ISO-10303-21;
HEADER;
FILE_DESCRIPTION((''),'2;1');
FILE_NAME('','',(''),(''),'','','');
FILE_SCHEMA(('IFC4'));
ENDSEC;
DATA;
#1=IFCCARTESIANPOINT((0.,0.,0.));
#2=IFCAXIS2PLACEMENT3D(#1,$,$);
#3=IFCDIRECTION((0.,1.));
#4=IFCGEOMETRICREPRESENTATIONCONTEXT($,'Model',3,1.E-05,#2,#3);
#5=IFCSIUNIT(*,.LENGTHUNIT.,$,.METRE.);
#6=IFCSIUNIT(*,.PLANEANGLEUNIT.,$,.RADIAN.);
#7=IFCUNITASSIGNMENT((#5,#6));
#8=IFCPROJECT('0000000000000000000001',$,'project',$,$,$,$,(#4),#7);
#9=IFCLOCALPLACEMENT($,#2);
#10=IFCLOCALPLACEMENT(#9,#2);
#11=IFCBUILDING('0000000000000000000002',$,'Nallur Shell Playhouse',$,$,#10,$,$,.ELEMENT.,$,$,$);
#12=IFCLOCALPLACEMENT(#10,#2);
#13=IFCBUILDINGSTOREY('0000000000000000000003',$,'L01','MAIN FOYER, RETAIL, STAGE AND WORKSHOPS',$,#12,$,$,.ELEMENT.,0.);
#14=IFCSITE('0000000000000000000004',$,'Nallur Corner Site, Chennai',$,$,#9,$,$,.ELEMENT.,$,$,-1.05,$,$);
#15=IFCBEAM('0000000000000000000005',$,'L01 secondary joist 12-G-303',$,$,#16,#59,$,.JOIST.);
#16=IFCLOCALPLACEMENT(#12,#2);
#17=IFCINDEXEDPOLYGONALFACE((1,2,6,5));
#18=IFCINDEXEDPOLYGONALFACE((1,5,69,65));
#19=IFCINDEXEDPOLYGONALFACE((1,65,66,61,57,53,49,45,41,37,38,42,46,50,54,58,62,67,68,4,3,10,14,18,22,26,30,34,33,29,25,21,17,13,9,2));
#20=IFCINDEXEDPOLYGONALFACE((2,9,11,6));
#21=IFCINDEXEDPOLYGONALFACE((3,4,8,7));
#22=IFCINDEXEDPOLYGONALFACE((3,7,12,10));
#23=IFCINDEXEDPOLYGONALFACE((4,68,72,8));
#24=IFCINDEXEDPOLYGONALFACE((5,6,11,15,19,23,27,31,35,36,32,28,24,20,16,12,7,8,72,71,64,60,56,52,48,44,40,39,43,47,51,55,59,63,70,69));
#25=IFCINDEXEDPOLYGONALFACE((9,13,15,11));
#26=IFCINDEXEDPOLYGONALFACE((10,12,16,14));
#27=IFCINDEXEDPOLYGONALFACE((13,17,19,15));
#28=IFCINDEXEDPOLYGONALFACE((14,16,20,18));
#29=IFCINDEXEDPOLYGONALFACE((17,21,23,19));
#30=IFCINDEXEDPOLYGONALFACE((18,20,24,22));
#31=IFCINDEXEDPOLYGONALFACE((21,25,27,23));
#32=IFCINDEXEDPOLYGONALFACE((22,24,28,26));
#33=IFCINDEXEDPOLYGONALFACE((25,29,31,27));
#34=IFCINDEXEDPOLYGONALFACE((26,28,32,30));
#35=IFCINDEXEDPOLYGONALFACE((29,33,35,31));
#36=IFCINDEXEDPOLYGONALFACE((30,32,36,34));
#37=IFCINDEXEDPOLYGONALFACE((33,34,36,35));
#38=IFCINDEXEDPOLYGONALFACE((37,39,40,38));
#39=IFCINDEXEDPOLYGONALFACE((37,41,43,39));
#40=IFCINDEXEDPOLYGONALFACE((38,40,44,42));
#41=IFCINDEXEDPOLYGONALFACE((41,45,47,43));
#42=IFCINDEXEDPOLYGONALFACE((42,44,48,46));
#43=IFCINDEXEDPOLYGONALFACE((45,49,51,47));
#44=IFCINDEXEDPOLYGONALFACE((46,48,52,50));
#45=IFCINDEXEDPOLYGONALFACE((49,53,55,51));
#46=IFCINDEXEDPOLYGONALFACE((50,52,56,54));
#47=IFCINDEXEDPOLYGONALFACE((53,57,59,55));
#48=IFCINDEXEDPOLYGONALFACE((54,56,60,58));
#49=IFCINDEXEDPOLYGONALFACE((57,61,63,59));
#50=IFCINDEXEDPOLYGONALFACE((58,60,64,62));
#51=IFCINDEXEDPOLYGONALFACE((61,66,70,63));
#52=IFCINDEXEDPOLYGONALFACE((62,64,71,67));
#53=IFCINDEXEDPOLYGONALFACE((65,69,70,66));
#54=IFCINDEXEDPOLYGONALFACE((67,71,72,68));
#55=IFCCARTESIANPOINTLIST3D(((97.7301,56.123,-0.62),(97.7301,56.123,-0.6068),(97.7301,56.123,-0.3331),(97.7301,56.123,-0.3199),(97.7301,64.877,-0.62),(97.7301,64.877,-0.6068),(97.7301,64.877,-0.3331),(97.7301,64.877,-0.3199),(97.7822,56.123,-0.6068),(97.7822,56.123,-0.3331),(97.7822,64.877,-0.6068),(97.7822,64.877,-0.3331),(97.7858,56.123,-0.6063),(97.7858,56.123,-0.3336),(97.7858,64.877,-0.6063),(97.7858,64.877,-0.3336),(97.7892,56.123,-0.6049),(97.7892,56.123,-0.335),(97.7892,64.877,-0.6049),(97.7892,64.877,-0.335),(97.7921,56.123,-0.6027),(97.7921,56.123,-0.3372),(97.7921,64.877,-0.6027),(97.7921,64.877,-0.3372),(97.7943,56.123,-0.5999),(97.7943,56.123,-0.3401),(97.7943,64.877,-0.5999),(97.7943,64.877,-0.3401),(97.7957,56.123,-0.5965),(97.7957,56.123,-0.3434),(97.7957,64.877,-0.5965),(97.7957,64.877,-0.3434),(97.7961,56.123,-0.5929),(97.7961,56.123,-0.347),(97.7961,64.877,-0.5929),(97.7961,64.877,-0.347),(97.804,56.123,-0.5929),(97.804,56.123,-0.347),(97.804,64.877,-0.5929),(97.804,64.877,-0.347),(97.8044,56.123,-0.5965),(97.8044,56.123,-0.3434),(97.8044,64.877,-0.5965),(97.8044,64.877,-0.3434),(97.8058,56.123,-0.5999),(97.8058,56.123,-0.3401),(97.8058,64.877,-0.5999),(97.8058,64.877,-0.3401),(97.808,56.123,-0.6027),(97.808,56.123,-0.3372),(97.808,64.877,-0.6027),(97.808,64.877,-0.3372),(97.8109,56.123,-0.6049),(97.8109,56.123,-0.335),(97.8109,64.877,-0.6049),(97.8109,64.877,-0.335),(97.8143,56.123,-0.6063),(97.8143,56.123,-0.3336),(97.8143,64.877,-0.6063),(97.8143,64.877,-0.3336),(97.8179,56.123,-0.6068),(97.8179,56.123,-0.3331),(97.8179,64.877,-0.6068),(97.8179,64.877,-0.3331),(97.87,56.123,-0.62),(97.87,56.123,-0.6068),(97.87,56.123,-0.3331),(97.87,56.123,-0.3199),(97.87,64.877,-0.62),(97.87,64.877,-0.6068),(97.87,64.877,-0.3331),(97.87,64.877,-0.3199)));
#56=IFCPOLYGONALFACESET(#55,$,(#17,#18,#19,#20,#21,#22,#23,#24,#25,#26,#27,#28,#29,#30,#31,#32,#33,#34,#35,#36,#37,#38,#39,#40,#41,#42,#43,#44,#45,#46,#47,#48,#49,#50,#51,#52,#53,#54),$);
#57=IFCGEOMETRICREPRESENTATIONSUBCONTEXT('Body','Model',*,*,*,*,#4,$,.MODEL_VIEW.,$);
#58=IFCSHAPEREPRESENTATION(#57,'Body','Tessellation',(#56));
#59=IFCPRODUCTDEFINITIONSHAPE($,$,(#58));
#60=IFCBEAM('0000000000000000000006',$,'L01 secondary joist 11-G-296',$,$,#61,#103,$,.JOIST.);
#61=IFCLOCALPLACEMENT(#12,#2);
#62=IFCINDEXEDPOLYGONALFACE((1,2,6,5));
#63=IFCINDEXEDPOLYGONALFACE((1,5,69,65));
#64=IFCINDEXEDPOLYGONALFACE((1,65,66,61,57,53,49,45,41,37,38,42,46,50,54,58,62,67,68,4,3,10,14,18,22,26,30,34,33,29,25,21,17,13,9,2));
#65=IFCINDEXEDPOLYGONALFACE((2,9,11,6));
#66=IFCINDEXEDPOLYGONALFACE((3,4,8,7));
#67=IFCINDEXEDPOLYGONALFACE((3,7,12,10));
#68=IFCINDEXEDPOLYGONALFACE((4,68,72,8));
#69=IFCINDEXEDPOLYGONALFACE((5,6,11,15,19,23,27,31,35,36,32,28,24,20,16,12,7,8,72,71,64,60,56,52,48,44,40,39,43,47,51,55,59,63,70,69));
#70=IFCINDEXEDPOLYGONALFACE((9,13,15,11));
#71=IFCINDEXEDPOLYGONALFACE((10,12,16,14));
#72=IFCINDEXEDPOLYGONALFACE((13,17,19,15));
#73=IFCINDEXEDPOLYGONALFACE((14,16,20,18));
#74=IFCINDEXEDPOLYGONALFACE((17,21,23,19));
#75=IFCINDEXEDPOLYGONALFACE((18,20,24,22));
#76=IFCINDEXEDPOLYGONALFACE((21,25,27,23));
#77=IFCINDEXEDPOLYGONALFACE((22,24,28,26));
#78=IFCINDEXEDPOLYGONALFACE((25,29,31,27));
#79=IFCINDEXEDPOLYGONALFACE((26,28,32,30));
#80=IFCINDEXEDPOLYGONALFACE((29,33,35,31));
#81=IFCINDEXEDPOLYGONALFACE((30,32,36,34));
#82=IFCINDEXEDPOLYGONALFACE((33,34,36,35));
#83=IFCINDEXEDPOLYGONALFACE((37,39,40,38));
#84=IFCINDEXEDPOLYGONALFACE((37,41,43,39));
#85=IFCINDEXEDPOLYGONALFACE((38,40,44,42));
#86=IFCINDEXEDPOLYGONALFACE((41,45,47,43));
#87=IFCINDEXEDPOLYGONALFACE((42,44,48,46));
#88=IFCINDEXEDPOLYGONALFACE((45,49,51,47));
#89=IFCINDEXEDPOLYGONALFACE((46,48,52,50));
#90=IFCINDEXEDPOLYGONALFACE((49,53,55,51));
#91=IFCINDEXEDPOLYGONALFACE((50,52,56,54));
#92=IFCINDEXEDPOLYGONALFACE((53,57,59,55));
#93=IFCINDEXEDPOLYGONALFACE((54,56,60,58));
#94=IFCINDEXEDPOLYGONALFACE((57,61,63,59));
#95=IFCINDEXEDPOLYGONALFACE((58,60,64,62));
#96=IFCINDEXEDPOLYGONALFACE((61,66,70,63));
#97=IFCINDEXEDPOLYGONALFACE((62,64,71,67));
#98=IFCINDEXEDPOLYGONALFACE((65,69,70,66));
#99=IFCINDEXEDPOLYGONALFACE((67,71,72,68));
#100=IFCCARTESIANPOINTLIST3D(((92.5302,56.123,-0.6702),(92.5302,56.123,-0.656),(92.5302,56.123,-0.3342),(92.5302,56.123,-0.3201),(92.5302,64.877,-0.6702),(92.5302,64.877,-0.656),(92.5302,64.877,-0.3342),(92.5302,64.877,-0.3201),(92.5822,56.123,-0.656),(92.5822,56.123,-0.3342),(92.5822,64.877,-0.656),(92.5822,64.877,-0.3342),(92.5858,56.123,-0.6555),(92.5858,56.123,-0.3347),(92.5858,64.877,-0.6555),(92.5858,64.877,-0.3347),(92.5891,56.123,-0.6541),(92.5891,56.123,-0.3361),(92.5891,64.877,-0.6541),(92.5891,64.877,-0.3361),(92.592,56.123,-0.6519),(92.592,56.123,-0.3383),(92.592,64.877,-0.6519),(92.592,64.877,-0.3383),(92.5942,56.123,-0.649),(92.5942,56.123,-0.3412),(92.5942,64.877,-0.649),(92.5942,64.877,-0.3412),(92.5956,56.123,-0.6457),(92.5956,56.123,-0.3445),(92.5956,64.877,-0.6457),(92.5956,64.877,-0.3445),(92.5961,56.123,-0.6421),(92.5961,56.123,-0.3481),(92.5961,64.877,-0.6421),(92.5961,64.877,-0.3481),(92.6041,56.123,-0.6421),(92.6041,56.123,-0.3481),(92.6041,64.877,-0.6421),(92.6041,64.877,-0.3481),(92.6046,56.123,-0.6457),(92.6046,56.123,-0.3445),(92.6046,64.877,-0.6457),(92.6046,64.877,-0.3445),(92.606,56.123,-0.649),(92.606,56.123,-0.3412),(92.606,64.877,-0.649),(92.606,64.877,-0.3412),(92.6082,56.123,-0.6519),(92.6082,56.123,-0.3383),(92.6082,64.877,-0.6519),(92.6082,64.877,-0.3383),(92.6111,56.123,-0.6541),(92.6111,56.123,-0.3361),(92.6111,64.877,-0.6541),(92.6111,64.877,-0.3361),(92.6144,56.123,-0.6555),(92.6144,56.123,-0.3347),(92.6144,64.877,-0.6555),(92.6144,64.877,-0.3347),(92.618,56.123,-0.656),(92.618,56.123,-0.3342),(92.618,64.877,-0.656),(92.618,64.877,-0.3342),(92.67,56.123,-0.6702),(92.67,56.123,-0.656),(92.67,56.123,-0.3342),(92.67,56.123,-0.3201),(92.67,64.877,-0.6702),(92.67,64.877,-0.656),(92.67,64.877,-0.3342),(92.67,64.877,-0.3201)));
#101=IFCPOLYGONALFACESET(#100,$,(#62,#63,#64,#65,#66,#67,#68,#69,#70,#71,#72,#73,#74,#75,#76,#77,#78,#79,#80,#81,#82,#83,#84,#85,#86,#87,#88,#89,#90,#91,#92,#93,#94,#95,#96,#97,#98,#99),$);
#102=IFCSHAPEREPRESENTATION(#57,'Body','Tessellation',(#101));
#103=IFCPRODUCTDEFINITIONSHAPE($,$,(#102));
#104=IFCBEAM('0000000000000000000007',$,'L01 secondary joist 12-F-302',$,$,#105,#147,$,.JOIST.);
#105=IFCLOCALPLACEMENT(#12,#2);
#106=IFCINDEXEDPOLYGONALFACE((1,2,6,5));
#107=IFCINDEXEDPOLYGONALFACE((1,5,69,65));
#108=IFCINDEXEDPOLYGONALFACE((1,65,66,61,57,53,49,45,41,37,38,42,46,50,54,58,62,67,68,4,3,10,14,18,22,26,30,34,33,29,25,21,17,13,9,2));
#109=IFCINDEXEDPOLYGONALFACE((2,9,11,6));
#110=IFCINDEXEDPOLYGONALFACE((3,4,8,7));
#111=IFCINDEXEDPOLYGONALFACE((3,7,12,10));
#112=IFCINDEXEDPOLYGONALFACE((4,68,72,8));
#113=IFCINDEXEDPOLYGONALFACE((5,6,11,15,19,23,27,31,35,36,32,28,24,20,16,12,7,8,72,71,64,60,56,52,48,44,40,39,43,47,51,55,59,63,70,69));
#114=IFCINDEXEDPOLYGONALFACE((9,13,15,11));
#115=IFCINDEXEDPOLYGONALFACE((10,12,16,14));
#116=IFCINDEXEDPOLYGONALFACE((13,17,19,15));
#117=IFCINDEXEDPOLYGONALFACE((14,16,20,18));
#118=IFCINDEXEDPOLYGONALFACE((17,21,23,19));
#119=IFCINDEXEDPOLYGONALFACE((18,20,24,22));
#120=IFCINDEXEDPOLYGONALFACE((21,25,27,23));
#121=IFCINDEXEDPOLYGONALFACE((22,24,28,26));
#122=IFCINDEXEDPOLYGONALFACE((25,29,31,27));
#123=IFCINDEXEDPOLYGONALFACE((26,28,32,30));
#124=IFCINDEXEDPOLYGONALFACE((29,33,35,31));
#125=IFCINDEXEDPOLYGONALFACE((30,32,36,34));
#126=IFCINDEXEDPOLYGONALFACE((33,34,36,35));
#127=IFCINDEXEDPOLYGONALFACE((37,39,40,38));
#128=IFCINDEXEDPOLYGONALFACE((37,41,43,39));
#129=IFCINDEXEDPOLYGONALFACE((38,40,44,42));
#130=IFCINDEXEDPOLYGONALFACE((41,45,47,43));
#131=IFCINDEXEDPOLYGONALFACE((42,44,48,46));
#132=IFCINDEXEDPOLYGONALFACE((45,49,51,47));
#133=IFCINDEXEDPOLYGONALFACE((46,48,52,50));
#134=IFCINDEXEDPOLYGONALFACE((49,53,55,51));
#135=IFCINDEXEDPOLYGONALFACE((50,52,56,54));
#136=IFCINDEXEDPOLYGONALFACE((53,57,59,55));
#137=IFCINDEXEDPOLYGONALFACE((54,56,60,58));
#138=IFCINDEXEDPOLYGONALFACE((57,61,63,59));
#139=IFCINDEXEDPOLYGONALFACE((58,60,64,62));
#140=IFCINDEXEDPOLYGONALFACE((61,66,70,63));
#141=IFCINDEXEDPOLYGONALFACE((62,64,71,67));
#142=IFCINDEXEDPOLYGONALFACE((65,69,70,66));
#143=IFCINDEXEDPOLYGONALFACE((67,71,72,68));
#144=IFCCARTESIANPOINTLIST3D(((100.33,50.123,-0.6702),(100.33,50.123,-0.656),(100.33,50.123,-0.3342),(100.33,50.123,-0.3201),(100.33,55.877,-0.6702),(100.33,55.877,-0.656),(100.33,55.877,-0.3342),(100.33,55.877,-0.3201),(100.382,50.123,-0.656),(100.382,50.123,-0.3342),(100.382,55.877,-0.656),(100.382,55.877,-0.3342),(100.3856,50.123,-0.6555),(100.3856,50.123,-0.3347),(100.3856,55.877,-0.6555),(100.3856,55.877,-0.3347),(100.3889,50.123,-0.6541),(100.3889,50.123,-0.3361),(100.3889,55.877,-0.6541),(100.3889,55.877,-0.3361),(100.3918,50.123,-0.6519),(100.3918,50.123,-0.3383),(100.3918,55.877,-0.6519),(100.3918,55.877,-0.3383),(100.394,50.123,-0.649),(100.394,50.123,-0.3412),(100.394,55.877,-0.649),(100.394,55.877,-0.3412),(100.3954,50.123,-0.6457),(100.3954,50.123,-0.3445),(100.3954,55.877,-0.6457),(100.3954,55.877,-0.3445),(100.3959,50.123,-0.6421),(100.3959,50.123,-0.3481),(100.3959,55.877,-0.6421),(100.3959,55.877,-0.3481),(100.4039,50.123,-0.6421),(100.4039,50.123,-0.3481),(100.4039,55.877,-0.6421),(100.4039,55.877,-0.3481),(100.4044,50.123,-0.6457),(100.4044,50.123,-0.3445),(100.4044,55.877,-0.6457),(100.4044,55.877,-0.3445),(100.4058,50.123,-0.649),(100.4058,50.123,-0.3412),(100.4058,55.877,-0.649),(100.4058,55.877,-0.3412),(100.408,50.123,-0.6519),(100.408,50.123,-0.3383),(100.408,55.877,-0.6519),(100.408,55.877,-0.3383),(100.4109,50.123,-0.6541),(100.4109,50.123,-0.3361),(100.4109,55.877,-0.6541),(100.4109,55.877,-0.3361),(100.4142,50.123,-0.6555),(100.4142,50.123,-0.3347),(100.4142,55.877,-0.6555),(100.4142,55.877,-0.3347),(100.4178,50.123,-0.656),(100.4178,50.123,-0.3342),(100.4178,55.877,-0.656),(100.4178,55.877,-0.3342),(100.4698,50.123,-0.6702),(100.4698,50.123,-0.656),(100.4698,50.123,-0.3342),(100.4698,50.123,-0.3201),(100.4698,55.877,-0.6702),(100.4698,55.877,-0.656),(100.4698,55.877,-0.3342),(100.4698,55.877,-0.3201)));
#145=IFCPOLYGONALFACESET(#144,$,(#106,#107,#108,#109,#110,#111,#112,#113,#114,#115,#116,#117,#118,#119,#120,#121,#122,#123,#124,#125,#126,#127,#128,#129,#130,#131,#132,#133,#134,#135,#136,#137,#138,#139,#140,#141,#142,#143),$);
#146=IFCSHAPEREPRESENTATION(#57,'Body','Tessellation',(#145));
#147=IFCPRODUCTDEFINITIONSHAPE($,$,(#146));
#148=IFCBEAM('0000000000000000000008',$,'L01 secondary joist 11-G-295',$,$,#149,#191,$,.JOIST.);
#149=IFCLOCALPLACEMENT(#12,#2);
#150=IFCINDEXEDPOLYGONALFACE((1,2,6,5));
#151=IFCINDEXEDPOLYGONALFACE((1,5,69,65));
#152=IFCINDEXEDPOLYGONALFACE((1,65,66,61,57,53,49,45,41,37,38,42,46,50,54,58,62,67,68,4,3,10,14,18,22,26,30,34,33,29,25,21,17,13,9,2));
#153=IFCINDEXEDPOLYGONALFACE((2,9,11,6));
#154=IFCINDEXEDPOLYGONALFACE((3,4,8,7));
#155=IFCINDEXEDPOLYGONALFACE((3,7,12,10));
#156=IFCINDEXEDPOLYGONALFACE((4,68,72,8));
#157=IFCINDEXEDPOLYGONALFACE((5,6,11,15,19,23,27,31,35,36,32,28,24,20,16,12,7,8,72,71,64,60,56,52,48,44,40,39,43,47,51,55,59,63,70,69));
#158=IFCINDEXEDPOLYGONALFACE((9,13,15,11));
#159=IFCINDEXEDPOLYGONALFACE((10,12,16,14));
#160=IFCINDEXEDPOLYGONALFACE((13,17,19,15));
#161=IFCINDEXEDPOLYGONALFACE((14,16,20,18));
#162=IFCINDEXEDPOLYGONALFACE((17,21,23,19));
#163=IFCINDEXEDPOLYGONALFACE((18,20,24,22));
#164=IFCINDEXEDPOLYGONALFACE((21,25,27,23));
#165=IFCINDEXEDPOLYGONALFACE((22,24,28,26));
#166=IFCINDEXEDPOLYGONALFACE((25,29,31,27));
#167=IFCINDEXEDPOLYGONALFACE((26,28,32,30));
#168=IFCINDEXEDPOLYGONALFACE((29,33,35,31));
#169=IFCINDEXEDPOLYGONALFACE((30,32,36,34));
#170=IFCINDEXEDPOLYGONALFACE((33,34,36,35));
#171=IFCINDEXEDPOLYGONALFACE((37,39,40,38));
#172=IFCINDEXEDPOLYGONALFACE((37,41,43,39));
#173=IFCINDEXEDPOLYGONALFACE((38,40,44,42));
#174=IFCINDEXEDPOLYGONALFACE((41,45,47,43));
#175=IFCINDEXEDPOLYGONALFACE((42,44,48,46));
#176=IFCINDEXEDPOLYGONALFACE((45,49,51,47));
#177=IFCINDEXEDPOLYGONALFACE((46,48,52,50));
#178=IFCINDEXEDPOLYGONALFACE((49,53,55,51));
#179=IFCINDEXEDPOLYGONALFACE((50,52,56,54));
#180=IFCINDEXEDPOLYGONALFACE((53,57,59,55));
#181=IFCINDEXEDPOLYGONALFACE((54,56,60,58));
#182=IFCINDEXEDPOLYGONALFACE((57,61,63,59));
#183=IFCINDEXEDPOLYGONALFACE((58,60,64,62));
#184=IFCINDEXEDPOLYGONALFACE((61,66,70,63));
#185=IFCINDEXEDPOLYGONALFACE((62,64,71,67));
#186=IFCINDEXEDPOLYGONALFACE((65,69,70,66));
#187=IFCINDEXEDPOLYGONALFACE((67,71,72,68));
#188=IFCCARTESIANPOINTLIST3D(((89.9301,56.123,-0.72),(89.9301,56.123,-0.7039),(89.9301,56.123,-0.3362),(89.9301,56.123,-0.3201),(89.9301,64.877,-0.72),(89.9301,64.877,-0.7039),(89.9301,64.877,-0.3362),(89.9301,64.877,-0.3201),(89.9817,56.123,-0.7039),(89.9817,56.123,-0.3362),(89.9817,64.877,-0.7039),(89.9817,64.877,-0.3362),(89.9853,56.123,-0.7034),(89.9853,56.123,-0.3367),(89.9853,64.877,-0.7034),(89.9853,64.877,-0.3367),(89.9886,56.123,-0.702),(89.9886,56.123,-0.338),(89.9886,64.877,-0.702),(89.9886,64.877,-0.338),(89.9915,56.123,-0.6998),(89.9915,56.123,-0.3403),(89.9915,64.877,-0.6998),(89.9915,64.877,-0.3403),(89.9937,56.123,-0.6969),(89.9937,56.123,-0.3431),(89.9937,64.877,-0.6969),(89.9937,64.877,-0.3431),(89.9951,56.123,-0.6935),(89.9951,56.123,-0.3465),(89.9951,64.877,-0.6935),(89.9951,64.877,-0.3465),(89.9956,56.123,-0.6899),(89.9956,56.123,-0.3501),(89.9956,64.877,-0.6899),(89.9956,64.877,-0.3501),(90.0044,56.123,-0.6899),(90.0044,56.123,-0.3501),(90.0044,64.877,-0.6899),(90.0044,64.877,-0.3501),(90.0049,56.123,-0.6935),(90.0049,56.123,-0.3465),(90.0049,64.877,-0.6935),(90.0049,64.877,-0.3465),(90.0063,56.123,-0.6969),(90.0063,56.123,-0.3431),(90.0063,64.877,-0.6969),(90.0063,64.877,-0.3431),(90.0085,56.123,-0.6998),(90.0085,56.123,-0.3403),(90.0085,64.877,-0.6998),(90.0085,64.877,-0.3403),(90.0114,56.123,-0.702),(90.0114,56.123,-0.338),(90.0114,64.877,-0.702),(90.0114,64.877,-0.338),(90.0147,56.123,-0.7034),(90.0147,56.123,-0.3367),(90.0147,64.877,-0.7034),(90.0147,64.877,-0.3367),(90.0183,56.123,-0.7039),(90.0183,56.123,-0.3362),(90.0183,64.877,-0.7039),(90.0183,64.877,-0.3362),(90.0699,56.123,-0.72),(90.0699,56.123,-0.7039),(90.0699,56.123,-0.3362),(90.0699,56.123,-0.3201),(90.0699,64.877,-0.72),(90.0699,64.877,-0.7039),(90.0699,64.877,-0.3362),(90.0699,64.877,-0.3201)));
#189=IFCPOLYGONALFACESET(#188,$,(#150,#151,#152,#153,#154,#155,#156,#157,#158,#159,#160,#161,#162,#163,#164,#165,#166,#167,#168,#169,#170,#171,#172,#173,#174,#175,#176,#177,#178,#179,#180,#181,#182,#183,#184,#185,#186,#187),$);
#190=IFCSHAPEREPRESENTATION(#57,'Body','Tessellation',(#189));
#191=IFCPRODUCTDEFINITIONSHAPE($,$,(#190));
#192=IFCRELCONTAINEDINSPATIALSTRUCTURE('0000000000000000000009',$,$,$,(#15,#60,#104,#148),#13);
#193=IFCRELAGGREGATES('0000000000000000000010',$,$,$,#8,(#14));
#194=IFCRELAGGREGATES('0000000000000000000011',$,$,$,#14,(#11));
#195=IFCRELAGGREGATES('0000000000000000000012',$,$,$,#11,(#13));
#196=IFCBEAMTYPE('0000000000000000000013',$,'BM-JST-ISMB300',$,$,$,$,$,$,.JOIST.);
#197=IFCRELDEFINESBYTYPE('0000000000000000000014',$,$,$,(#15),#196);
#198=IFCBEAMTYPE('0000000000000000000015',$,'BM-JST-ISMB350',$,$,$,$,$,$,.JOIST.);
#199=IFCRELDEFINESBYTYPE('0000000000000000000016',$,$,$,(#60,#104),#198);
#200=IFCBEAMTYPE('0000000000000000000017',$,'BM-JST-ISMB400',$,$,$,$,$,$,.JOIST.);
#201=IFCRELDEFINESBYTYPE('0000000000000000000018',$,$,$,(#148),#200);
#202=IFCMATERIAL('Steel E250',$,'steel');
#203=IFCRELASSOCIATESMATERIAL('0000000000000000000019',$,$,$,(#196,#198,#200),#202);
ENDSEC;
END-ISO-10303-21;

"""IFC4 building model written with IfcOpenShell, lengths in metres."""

from ifc_helpers import new_model, si_unit, direction, frame, origin, origin_2d, place, context, subcontext, project, spatial, i_section, extrude, material, material_profile, profile_set, type_object, element, save


model = new_model("IFC4")

# Units and contexts
model_context = context("Model", 3, precision=1e-05, world=origin(), true_north=direction((0.0, 1.0)))
body_context = subcontext(model_context, "Body", "Model", "MODEL_VIEW")
ifc_project = project(units=[si_unit("LENGTHUNIT", "METRE"), si_unit("PLANEANGLEUNIT", "RADIAN")], contexts=[model_context])

# Site, building, storey
site_placement = place(None, origin())
site = spatial("IfcSite", under=ifc_project, at=site_placement, Name="Nallur Corner Site, Chennai", CompositionType="ELEMENT", RefElevation=-1.05)
building_placement = place(site_placement, origin())
building = spatial("IfcBuilding", under=site, at=building_placement, Name="Nallur Shell Playhouse", CompositionType="ELEMENT")
storey_placement = place(building_placement, origin())
storey = spatial("IfcBuildingStorey", under=building, at=storey_placement, Name="L01", Description="MAIN FOYER, RETAIL, STAGE AND WORKSHOPS", CompositionType="ELEMENT", Elevation=0.0)

# Beams
ifc_material_1 = material(Name="Steel E250", Category="steel")
ifc_material_profile_1 = material_profile(ifc_material_1, i_section(OverallWidth=0.1399, OverallDepth=0.3, WebThickness=0.0078, FlangeThickness=0.0132, FilletRadius=0.0139, at=origin_2d()), Name="ISMB 300")
ifc_profile_set_1 = profile_set([ifc_material_profile_1], Name="Steel E250")
beam_type_1 = type_object("IfcBeamType", Name="BM-JST-ISMB300", PredefinedType="JOIST", material=ifc_profile_set_1)
beam_1_placement = place(storey_placement, frame((97.8, 56.123, -0.47), z_axis=(0.0, 1.0, 0.0), x_axis=(-1.0, 0.0, 0.0)))
element("IfcBeam", 1, at=beam_1_placement, inside=storey, type_object=beam_type_1, Name="L01 secondary joist 12-G-303", PredefinedType="JOIST", context=body_context, shape_type="SweptSolid", body=[
    extrude(i_section(OverallWidth=0.1399, OverallDepth=0.3, WebThickness=0.0078, FlangeThickness=0.0132, FilletRadius=0.0139, at=origin_2d()), origin(), (0.0, 0.0, 1.0), 8.7539),
])
ifc_material_profile_2 = material_profile(ifc_material_1, i_section(OverallWidth=0.1399, OverallDepth=0.3501, WebThickness=0.0081, FlangeThickness=0.0142, FilletRadius=0.0139, at=origin_2d()), Name="ISMB 350")
ifc_profile_set_2 = profile_set([ifc_material_profile_2], Name="Steel E250")
beam_type_2 = type_object("IfcBeamType", Name="BM-JST-ISMB350", PredefinedType="JOIST", material=ifc_profile_set_2)
beam_2_placement = place(storey_placement, frame((92.6001, 56.123, -0.4951), z_axis=(0.0, 1.0, 0.0), x_axis=(-1.0, 0.0, 0.0)))
element("IfcBeam", 2, at=beam_2_placement, inside=storey, type_object=beam_type_2, Name="L01 secondary joist 11-G-296", PredefinedType="JOIST", context=body_context, shape_type="SweptSolid", body=[
    extrude(i_section(OverallWidth=0.1399, OverallDepth=0.3501, WebThickness=0.0081, FlangeThickness=0.0142, FilletRadius=0.0139, at=origin_2d()), origin(), (0.0, 0.0, 1.0), 8.7539),
])
beam_3_placement = place(storey_placement, frame((100.3999, 50.123, -0.4951), z_axis=(0.0, 1.0, 0.0), x_axis=(-1.0, 0.0, 0.0)))
element("IfcBeam", 3, at=beam_3_placement, inside=storey, type_object=beam_type_2, Name="L01 secondary joist 12-F-302", PredefinedType="JOIST", context=body_context, shape_type="SweptSolid", body=[
    extrude(i_section(OverallWidth=0.1399, OverallDepth=0.3501, WebThickness=0.0081, FlangeThickness=0.0142, FilletRadius=0.0139, at=origin_2d()), origin(), (0.0, 0.0, 1.0), 5.7539),
])
ifc_material_profile_3 = material_profile(ifc_material_1, i_section(OverallWidth=0.1399, OverallDepth=0.3999, WebThickness=0.0088, FlangeThickness=0.0161, FilletRadius=0.0139, at=origin_2d()), Name="ISMB 400")
ifc_profile_set_3 = profile_set([ifc_material_profile_3], Name="Steel E250")
beam_type_3 = type_object("IfcBeamType", Name="BM-JST-ISMB400", PredefinedType="JOIST", material=ifc_profile_set_3)
beam_4_placement = place(storey_placement, frame((90.0, 56.123, -0.52), z_axis=(0.0, 1.0, 0.0), x_axis=(-1.0, 0.0, 0.0)))
element("IfcBeam", 4, at=beam_4_placement, inside=storey, type_object=beam_type_3, Name="L01 secondary joist 11-G-295", PredefinedType="JOIST", context=body_context, shape_type="SweptSolid", body=[
    extrude(i_section(OverallWidth=0.1399, OverallDepth=0.3999, WebThickness=0.0088, FlangeThickness=0.0161, FilletRadius=0.0139, at=origin_2d()), origin(), (0.0, 0.0, 1.0), 8.7539),
])

save(model, "model.ifc")
